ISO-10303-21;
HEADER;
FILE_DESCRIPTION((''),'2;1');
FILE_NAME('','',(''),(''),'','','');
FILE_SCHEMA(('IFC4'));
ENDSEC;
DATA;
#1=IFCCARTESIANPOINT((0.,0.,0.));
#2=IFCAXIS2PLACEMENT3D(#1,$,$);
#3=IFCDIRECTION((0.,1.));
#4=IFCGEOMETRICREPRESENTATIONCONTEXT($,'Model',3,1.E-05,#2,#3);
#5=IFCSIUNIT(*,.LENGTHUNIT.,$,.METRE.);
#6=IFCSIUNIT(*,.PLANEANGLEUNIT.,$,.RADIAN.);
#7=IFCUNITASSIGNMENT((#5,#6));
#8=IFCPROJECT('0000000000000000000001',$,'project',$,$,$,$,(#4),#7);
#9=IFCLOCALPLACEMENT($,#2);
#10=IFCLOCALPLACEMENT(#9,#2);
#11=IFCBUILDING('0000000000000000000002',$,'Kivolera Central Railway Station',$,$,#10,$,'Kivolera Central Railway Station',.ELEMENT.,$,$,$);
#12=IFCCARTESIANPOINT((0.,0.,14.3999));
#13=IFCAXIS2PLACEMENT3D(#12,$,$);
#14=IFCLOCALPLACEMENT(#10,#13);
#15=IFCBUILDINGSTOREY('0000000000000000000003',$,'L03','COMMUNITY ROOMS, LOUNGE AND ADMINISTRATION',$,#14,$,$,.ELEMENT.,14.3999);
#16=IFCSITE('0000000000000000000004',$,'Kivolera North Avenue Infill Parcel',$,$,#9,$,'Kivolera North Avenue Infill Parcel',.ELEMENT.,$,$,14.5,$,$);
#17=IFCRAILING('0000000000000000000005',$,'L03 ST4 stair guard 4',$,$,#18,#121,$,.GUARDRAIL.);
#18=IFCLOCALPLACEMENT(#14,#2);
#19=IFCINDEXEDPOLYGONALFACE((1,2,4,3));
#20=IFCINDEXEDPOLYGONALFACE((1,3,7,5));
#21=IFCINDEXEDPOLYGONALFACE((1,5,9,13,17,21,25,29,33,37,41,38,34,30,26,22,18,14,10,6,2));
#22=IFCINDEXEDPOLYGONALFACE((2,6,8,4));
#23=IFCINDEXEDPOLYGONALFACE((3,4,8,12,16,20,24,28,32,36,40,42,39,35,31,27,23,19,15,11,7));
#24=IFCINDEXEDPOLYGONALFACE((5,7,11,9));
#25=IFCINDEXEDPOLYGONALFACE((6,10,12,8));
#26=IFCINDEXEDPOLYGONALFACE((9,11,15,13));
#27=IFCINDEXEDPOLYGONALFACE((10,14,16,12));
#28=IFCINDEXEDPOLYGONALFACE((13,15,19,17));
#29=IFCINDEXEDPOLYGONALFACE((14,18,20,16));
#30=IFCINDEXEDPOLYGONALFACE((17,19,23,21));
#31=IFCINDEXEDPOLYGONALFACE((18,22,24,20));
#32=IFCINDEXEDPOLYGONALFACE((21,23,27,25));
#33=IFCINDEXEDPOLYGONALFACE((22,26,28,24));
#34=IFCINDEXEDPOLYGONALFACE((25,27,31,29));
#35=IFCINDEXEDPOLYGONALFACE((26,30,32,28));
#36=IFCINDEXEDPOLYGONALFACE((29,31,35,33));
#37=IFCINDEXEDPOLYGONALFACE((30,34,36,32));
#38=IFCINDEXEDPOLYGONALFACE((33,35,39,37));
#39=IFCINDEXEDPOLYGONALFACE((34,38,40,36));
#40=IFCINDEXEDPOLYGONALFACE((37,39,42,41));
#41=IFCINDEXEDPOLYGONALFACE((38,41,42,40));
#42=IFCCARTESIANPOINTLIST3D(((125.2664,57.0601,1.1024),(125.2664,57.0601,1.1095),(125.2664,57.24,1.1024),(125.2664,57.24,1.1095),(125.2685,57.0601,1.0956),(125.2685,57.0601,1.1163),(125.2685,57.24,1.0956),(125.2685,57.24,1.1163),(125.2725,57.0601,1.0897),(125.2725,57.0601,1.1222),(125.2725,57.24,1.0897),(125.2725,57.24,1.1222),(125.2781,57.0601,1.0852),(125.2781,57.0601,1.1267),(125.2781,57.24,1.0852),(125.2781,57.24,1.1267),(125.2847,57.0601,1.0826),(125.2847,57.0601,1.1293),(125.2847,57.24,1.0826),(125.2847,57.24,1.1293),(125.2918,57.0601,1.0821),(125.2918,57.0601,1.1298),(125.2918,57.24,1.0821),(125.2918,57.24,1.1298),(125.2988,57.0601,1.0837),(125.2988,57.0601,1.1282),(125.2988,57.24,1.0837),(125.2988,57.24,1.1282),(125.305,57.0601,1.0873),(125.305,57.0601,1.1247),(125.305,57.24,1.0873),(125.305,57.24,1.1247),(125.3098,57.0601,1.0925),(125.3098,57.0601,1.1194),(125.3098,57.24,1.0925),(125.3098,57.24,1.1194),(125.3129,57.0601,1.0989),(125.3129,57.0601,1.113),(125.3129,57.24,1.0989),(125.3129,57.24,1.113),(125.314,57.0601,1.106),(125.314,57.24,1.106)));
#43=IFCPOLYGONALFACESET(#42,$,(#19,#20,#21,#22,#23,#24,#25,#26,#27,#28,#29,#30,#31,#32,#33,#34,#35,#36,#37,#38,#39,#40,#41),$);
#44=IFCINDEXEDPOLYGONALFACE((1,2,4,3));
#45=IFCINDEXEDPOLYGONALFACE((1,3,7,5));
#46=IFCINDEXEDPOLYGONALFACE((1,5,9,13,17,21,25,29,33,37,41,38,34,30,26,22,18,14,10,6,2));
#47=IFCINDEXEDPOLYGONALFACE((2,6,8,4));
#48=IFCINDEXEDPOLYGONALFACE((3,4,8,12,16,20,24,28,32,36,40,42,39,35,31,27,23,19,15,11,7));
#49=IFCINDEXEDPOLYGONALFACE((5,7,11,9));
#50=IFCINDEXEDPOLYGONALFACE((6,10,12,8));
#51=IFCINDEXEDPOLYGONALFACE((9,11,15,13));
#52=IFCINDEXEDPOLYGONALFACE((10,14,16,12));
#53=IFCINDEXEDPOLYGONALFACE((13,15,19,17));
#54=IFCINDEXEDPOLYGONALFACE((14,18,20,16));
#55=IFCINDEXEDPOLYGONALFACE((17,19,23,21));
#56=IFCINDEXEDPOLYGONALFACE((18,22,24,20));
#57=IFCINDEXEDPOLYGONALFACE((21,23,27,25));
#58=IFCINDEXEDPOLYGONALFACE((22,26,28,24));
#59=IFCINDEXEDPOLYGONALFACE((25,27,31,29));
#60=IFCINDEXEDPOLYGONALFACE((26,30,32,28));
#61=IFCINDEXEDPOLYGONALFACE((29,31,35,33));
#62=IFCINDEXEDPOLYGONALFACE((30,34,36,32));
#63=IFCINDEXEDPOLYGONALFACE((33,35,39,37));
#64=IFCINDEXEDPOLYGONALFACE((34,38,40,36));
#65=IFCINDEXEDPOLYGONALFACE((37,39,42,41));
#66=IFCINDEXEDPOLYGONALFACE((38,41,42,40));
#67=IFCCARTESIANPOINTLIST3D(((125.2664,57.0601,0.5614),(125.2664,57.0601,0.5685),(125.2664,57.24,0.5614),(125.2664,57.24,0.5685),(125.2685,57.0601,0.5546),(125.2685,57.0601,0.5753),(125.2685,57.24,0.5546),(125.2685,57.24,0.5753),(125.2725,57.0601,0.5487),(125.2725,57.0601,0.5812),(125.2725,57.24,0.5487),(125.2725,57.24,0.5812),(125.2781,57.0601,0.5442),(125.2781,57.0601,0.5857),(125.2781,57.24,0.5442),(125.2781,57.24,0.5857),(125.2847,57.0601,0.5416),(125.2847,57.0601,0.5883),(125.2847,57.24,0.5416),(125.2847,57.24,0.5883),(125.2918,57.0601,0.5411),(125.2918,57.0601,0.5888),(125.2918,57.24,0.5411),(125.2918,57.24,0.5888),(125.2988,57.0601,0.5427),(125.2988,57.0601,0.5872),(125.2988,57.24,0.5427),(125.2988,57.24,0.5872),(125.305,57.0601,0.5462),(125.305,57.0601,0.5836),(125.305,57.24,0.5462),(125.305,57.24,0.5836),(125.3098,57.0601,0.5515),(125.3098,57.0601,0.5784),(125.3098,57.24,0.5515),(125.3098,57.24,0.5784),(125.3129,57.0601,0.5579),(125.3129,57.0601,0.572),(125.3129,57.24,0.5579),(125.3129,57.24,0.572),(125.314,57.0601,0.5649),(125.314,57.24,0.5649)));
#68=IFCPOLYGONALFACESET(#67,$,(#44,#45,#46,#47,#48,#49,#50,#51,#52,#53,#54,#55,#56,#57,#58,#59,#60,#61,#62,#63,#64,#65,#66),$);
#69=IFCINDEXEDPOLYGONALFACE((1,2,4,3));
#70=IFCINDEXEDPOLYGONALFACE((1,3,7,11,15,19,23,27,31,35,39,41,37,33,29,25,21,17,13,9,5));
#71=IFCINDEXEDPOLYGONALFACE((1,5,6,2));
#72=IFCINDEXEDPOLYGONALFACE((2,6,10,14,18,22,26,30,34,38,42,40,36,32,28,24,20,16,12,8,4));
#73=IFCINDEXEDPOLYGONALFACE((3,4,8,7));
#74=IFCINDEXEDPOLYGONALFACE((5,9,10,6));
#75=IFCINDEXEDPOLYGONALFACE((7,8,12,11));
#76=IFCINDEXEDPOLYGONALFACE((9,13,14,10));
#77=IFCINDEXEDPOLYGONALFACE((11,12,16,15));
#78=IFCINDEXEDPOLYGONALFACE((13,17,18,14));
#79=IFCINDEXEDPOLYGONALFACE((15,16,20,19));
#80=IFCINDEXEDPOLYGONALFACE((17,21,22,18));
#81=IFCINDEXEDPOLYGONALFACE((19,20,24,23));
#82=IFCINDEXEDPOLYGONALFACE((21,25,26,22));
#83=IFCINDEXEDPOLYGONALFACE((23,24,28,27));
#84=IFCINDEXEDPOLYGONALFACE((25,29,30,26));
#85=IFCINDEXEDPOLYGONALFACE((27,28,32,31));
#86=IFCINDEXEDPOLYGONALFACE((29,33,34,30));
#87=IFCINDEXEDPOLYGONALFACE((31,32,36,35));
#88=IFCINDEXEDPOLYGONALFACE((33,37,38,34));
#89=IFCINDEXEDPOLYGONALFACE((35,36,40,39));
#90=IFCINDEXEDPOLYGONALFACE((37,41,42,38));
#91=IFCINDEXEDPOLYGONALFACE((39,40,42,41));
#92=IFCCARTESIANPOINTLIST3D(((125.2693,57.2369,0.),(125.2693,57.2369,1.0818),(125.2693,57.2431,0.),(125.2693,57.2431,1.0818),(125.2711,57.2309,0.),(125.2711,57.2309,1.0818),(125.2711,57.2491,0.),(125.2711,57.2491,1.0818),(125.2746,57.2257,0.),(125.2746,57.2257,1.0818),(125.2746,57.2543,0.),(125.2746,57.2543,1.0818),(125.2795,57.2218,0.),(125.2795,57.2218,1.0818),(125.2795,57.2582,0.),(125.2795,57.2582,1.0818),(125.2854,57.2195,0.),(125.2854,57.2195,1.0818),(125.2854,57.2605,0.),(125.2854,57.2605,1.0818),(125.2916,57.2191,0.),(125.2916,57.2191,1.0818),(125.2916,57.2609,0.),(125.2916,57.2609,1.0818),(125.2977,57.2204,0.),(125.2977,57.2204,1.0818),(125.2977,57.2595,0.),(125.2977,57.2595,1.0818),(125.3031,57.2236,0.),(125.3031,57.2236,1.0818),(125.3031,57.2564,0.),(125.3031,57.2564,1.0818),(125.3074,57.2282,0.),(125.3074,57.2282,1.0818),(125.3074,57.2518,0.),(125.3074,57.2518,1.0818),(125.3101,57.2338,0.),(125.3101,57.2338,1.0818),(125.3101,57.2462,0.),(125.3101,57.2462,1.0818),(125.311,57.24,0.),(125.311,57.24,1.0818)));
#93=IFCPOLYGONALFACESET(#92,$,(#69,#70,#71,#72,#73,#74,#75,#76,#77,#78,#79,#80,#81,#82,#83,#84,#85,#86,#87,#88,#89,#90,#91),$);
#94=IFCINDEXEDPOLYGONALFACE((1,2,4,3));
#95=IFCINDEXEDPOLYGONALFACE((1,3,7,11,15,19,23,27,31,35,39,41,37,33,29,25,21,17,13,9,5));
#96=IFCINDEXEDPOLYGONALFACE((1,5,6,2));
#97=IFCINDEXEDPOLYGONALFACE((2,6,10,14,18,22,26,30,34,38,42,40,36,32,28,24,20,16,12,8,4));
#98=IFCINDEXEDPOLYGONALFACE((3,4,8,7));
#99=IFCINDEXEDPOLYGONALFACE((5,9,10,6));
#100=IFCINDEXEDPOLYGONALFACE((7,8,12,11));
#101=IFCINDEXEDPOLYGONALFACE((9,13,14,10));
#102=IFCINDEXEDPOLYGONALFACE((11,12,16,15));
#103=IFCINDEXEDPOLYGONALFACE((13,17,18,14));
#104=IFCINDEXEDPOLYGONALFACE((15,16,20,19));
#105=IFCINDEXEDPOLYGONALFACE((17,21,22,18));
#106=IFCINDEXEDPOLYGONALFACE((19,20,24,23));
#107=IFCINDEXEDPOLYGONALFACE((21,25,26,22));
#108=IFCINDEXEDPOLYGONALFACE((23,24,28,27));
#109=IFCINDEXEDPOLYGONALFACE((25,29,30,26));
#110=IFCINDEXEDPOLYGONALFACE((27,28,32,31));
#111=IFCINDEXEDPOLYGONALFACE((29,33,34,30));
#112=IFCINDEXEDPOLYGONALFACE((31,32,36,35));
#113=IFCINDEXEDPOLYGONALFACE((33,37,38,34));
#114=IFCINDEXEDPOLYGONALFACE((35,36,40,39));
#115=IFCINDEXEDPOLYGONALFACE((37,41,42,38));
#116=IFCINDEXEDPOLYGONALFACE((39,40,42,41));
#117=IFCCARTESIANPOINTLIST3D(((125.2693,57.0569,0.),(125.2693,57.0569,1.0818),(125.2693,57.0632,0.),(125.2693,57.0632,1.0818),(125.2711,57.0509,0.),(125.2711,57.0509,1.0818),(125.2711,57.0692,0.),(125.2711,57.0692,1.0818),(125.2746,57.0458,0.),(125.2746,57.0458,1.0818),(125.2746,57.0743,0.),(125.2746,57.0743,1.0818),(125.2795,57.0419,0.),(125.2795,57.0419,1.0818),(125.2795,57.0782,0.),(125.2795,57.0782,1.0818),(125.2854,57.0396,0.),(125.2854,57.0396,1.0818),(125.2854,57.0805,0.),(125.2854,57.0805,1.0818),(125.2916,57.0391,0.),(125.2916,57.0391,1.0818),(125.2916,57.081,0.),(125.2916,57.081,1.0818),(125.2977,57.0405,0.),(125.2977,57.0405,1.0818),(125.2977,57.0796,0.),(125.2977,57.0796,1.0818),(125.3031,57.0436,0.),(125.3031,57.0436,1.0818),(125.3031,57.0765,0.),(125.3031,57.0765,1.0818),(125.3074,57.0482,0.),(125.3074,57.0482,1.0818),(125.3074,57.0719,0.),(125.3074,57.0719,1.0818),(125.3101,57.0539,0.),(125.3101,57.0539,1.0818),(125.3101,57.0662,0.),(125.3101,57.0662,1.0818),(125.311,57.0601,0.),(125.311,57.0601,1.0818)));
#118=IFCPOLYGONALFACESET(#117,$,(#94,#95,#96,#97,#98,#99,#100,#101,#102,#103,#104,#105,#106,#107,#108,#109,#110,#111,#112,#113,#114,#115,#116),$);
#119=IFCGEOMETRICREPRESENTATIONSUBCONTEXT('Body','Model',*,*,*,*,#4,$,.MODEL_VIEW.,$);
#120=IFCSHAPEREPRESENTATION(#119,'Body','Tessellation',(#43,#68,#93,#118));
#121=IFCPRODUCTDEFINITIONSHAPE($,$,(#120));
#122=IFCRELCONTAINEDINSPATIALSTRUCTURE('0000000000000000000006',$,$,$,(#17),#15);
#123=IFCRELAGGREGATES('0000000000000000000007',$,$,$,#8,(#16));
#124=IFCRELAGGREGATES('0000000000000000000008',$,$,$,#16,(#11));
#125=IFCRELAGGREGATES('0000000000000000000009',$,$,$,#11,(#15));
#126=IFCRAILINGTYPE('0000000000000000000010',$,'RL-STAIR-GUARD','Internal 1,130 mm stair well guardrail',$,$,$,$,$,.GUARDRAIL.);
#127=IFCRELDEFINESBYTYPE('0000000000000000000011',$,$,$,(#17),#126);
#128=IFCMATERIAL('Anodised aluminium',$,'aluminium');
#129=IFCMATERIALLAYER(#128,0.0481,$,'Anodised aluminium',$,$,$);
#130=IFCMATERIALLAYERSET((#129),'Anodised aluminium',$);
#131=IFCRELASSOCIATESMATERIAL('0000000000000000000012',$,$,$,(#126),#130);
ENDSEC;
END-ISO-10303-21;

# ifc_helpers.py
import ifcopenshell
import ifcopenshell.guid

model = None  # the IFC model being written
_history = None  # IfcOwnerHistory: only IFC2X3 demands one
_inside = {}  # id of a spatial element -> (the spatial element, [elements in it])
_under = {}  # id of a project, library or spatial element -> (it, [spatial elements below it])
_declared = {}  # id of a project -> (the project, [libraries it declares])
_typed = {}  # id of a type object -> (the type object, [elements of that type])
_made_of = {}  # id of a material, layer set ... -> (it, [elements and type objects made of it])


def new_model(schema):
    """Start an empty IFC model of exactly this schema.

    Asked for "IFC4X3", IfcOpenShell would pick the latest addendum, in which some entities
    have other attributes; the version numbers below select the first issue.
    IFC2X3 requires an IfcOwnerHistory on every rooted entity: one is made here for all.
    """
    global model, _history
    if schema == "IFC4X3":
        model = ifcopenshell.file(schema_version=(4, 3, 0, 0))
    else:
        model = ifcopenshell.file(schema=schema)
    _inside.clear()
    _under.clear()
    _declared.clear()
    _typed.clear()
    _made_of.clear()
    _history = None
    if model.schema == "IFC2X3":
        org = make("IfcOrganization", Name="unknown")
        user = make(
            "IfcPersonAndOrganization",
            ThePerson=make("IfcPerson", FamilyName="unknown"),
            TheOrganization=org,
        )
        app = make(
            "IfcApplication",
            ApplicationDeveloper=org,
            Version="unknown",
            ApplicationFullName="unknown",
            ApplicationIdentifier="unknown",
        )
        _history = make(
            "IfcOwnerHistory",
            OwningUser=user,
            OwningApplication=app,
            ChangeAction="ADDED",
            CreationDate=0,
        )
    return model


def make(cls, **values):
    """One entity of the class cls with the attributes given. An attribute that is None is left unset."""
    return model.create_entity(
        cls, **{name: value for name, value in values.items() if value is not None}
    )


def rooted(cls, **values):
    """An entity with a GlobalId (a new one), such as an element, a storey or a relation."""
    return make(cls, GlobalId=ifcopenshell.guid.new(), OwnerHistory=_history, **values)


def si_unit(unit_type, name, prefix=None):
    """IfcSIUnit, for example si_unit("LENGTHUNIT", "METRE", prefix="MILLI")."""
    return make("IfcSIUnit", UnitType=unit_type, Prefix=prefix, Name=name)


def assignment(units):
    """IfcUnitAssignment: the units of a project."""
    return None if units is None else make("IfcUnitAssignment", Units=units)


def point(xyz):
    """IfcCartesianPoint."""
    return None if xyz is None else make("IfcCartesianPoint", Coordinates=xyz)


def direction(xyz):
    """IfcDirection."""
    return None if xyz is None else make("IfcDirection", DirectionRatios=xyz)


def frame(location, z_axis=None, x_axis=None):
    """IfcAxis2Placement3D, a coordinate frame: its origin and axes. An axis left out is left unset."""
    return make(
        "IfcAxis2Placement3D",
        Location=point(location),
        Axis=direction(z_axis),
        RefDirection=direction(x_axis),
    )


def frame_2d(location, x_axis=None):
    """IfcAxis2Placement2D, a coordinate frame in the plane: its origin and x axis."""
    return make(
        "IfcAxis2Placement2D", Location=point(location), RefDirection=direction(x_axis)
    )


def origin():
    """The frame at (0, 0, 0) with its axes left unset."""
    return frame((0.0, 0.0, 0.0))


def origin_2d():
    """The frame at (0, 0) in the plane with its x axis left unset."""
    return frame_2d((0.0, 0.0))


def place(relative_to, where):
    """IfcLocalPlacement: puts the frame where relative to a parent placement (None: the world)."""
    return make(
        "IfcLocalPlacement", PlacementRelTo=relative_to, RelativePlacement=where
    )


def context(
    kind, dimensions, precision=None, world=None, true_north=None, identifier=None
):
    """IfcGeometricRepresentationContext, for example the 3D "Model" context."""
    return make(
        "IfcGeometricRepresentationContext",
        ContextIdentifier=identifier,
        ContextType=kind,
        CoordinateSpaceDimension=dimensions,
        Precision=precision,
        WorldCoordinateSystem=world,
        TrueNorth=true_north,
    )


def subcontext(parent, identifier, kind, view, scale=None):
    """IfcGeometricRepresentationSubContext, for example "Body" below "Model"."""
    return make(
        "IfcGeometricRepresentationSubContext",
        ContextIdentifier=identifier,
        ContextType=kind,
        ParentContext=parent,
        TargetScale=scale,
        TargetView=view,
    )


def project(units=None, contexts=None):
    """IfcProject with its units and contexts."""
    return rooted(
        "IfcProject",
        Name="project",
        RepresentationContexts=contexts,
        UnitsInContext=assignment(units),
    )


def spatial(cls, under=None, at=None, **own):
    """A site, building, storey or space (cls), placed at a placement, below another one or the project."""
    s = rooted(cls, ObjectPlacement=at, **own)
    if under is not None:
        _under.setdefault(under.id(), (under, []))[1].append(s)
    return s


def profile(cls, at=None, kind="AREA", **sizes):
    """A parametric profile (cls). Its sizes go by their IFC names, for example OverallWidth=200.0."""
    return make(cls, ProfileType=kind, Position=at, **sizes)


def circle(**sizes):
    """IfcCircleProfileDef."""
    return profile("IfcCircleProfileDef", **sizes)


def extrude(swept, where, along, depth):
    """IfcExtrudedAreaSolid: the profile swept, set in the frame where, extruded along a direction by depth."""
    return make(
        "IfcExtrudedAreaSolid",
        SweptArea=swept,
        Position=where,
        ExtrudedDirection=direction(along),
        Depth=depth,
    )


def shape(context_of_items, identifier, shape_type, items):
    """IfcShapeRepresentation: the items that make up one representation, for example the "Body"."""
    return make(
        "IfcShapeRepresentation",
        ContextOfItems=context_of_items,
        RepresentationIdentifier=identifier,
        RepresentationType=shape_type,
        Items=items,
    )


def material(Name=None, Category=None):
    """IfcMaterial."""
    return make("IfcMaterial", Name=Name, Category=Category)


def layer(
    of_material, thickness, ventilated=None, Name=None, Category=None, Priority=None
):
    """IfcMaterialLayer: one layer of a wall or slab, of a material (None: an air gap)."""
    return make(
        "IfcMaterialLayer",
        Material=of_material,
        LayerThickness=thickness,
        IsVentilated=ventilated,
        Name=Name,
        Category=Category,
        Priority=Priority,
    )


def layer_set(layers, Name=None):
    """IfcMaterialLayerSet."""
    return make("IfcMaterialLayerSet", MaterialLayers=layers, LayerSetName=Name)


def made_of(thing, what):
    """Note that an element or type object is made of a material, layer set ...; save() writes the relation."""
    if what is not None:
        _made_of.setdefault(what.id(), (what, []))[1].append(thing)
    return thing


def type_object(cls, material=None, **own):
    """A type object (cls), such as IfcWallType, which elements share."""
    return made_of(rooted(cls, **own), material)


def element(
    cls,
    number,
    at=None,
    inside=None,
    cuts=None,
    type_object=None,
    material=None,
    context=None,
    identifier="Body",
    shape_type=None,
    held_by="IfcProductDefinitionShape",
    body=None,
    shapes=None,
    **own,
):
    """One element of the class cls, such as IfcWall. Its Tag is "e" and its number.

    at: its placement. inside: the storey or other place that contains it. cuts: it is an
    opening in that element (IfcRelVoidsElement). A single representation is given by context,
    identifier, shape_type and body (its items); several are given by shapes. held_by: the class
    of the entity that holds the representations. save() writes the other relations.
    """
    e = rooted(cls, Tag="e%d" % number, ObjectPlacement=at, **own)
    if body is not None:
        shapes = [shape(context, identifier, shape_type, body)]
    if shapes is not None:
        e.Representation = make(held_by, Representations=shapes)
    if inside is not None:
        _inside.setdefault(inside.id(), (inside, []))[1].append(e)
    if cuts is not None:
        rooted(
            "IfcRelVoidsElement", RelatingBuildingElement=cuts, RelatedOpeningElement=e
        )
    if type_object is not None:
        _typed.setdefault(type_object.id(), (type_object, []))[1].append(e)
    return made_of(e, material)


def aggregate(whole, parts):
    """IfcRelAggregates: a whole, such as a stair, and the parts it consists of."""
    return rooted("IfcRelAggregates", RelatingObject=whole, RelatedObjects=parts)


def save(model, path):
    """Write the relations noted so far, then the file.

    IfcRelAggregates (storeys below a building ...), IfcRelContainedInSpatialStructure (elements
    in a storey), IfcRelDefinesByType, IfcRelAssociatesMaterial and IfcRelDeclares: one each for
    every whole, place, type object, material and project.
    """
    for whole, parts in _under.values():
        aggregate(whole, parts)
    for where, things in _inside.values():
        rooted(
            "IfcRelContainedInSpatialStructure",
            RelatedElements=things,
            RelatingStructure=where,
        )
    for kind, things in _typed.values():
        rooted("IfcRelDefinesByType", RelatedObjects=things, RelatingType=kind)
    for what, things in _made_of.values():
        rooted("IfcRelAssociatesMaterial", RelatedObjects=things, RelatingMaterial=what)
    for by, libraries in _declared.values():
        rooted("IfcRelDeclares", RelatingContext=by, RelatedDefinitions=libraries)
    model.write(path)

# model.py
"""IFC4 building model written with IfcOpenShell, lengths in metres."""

from ifc_helpers import new_model, si_unit, direction, frame, origin, origin_2d, place, context, subcontext, project, spatial, circle, extrude, material, layer, layer_set, type_object, element, save


model = new_model("IFC4")

# Units and contexts
model_context = context("Model", 3, precision=1e-05, world=origin(), true_north=direction((0.0, 1.0)))
body_context = subcontext(model_context, "Body", "Model", "MODEL_VIEW")
ifc_project = project(units=[si_unit("LENGTHUNIT", "METRE"), si_unit("PLANEANGLEUNIT", "RADIAN")], contexts=[model_context])

# Site, building, storey
site_placement = place(None, origin())
site = spatial("IfcSite", under=ifc_project, at=site_placement, Name="Kivolera North Avenue Infill Parcel", LongName="Kivolera North Avenue Infill Parcel", CompositionType="ELEMENT", RefElevation=14.5)
building_placement = place(site_placement, origin())
building = spatial("IfcBuilding", under=site, at=building_placement, Name="Kivolera Central Railway Station", LongName="Kivolera Central Railway Station", CompositionType="ELEMENT")
storey_placement = place(building_placement, frame((0.0, 0.0, 14.3999)))
storey = spatial("IfcBuildingStorey", under=building, at=storey_placement, Name="L03", Description="COMMUNITY ROOMS, LOUNGE AND ADMINISTRATION", CompositionType="ELEMENT", Elevation=14.3999)

# Shared definitions
ifc_material_1 = material(Name="Anodised aluminium", Category="aluminium")

# Railing
ifc_layer_1 = layer(ifc_material_1, 0.0481, Name="Anodised aluminium")
ifc_layer_set_1 = layer_set([ifc_layer_1], Name="Anodised aluminium")
railing_type_1 = type_object("IfcRailingType", Name="RL-STAIR-GUARD", Description="Internal 1,130 mm stair well guardrail", PredefinedType="GUARDRAIL", material=ifc_layer_set_1)
railing_1_placement = place(storey_placement, frame((125.29, 57.24, 0.0)))
element("IfcRailing", 1, at=railing_1_placement, inside=storey, type_object=railing_type_1, Name="L03 ST4 stair guard 4", PredefinedType="GUARDRAIL", context=body_context, shape_type="SweptSolid", body=[
    extrude(circle(Radius=0.0239, at=origin_2d()), frame((0.0, 0.0, 1.106), z_axis=(0.0, -1.0, 0.0), x_axis=(1.0, 0.0, 0.0)), (0.0, 0.0, 1.0), 0.1799),
    extrude(circle(Radius=0.0239, at=origin_2d()), frame((0.0, 0.0, 0.5649), z_axis=(0.0, -1.0, 0.0), x_axis=(1.0, 0.0, 0.0)), (0.0, 0.0, 1.0), 0.1799),
    extrude(circle(Radius=0.021, at=origin_2d()), origin(), (0.0, 0.0, 1.0), 1.0818),
    extrude(circle(Radius=0.021, at=origin_2d()), frame((0.0, -0.1799, 0.0)), (0.0, 0.0, 1.0), 1.0818),
])

save(model, "model.ifc")
